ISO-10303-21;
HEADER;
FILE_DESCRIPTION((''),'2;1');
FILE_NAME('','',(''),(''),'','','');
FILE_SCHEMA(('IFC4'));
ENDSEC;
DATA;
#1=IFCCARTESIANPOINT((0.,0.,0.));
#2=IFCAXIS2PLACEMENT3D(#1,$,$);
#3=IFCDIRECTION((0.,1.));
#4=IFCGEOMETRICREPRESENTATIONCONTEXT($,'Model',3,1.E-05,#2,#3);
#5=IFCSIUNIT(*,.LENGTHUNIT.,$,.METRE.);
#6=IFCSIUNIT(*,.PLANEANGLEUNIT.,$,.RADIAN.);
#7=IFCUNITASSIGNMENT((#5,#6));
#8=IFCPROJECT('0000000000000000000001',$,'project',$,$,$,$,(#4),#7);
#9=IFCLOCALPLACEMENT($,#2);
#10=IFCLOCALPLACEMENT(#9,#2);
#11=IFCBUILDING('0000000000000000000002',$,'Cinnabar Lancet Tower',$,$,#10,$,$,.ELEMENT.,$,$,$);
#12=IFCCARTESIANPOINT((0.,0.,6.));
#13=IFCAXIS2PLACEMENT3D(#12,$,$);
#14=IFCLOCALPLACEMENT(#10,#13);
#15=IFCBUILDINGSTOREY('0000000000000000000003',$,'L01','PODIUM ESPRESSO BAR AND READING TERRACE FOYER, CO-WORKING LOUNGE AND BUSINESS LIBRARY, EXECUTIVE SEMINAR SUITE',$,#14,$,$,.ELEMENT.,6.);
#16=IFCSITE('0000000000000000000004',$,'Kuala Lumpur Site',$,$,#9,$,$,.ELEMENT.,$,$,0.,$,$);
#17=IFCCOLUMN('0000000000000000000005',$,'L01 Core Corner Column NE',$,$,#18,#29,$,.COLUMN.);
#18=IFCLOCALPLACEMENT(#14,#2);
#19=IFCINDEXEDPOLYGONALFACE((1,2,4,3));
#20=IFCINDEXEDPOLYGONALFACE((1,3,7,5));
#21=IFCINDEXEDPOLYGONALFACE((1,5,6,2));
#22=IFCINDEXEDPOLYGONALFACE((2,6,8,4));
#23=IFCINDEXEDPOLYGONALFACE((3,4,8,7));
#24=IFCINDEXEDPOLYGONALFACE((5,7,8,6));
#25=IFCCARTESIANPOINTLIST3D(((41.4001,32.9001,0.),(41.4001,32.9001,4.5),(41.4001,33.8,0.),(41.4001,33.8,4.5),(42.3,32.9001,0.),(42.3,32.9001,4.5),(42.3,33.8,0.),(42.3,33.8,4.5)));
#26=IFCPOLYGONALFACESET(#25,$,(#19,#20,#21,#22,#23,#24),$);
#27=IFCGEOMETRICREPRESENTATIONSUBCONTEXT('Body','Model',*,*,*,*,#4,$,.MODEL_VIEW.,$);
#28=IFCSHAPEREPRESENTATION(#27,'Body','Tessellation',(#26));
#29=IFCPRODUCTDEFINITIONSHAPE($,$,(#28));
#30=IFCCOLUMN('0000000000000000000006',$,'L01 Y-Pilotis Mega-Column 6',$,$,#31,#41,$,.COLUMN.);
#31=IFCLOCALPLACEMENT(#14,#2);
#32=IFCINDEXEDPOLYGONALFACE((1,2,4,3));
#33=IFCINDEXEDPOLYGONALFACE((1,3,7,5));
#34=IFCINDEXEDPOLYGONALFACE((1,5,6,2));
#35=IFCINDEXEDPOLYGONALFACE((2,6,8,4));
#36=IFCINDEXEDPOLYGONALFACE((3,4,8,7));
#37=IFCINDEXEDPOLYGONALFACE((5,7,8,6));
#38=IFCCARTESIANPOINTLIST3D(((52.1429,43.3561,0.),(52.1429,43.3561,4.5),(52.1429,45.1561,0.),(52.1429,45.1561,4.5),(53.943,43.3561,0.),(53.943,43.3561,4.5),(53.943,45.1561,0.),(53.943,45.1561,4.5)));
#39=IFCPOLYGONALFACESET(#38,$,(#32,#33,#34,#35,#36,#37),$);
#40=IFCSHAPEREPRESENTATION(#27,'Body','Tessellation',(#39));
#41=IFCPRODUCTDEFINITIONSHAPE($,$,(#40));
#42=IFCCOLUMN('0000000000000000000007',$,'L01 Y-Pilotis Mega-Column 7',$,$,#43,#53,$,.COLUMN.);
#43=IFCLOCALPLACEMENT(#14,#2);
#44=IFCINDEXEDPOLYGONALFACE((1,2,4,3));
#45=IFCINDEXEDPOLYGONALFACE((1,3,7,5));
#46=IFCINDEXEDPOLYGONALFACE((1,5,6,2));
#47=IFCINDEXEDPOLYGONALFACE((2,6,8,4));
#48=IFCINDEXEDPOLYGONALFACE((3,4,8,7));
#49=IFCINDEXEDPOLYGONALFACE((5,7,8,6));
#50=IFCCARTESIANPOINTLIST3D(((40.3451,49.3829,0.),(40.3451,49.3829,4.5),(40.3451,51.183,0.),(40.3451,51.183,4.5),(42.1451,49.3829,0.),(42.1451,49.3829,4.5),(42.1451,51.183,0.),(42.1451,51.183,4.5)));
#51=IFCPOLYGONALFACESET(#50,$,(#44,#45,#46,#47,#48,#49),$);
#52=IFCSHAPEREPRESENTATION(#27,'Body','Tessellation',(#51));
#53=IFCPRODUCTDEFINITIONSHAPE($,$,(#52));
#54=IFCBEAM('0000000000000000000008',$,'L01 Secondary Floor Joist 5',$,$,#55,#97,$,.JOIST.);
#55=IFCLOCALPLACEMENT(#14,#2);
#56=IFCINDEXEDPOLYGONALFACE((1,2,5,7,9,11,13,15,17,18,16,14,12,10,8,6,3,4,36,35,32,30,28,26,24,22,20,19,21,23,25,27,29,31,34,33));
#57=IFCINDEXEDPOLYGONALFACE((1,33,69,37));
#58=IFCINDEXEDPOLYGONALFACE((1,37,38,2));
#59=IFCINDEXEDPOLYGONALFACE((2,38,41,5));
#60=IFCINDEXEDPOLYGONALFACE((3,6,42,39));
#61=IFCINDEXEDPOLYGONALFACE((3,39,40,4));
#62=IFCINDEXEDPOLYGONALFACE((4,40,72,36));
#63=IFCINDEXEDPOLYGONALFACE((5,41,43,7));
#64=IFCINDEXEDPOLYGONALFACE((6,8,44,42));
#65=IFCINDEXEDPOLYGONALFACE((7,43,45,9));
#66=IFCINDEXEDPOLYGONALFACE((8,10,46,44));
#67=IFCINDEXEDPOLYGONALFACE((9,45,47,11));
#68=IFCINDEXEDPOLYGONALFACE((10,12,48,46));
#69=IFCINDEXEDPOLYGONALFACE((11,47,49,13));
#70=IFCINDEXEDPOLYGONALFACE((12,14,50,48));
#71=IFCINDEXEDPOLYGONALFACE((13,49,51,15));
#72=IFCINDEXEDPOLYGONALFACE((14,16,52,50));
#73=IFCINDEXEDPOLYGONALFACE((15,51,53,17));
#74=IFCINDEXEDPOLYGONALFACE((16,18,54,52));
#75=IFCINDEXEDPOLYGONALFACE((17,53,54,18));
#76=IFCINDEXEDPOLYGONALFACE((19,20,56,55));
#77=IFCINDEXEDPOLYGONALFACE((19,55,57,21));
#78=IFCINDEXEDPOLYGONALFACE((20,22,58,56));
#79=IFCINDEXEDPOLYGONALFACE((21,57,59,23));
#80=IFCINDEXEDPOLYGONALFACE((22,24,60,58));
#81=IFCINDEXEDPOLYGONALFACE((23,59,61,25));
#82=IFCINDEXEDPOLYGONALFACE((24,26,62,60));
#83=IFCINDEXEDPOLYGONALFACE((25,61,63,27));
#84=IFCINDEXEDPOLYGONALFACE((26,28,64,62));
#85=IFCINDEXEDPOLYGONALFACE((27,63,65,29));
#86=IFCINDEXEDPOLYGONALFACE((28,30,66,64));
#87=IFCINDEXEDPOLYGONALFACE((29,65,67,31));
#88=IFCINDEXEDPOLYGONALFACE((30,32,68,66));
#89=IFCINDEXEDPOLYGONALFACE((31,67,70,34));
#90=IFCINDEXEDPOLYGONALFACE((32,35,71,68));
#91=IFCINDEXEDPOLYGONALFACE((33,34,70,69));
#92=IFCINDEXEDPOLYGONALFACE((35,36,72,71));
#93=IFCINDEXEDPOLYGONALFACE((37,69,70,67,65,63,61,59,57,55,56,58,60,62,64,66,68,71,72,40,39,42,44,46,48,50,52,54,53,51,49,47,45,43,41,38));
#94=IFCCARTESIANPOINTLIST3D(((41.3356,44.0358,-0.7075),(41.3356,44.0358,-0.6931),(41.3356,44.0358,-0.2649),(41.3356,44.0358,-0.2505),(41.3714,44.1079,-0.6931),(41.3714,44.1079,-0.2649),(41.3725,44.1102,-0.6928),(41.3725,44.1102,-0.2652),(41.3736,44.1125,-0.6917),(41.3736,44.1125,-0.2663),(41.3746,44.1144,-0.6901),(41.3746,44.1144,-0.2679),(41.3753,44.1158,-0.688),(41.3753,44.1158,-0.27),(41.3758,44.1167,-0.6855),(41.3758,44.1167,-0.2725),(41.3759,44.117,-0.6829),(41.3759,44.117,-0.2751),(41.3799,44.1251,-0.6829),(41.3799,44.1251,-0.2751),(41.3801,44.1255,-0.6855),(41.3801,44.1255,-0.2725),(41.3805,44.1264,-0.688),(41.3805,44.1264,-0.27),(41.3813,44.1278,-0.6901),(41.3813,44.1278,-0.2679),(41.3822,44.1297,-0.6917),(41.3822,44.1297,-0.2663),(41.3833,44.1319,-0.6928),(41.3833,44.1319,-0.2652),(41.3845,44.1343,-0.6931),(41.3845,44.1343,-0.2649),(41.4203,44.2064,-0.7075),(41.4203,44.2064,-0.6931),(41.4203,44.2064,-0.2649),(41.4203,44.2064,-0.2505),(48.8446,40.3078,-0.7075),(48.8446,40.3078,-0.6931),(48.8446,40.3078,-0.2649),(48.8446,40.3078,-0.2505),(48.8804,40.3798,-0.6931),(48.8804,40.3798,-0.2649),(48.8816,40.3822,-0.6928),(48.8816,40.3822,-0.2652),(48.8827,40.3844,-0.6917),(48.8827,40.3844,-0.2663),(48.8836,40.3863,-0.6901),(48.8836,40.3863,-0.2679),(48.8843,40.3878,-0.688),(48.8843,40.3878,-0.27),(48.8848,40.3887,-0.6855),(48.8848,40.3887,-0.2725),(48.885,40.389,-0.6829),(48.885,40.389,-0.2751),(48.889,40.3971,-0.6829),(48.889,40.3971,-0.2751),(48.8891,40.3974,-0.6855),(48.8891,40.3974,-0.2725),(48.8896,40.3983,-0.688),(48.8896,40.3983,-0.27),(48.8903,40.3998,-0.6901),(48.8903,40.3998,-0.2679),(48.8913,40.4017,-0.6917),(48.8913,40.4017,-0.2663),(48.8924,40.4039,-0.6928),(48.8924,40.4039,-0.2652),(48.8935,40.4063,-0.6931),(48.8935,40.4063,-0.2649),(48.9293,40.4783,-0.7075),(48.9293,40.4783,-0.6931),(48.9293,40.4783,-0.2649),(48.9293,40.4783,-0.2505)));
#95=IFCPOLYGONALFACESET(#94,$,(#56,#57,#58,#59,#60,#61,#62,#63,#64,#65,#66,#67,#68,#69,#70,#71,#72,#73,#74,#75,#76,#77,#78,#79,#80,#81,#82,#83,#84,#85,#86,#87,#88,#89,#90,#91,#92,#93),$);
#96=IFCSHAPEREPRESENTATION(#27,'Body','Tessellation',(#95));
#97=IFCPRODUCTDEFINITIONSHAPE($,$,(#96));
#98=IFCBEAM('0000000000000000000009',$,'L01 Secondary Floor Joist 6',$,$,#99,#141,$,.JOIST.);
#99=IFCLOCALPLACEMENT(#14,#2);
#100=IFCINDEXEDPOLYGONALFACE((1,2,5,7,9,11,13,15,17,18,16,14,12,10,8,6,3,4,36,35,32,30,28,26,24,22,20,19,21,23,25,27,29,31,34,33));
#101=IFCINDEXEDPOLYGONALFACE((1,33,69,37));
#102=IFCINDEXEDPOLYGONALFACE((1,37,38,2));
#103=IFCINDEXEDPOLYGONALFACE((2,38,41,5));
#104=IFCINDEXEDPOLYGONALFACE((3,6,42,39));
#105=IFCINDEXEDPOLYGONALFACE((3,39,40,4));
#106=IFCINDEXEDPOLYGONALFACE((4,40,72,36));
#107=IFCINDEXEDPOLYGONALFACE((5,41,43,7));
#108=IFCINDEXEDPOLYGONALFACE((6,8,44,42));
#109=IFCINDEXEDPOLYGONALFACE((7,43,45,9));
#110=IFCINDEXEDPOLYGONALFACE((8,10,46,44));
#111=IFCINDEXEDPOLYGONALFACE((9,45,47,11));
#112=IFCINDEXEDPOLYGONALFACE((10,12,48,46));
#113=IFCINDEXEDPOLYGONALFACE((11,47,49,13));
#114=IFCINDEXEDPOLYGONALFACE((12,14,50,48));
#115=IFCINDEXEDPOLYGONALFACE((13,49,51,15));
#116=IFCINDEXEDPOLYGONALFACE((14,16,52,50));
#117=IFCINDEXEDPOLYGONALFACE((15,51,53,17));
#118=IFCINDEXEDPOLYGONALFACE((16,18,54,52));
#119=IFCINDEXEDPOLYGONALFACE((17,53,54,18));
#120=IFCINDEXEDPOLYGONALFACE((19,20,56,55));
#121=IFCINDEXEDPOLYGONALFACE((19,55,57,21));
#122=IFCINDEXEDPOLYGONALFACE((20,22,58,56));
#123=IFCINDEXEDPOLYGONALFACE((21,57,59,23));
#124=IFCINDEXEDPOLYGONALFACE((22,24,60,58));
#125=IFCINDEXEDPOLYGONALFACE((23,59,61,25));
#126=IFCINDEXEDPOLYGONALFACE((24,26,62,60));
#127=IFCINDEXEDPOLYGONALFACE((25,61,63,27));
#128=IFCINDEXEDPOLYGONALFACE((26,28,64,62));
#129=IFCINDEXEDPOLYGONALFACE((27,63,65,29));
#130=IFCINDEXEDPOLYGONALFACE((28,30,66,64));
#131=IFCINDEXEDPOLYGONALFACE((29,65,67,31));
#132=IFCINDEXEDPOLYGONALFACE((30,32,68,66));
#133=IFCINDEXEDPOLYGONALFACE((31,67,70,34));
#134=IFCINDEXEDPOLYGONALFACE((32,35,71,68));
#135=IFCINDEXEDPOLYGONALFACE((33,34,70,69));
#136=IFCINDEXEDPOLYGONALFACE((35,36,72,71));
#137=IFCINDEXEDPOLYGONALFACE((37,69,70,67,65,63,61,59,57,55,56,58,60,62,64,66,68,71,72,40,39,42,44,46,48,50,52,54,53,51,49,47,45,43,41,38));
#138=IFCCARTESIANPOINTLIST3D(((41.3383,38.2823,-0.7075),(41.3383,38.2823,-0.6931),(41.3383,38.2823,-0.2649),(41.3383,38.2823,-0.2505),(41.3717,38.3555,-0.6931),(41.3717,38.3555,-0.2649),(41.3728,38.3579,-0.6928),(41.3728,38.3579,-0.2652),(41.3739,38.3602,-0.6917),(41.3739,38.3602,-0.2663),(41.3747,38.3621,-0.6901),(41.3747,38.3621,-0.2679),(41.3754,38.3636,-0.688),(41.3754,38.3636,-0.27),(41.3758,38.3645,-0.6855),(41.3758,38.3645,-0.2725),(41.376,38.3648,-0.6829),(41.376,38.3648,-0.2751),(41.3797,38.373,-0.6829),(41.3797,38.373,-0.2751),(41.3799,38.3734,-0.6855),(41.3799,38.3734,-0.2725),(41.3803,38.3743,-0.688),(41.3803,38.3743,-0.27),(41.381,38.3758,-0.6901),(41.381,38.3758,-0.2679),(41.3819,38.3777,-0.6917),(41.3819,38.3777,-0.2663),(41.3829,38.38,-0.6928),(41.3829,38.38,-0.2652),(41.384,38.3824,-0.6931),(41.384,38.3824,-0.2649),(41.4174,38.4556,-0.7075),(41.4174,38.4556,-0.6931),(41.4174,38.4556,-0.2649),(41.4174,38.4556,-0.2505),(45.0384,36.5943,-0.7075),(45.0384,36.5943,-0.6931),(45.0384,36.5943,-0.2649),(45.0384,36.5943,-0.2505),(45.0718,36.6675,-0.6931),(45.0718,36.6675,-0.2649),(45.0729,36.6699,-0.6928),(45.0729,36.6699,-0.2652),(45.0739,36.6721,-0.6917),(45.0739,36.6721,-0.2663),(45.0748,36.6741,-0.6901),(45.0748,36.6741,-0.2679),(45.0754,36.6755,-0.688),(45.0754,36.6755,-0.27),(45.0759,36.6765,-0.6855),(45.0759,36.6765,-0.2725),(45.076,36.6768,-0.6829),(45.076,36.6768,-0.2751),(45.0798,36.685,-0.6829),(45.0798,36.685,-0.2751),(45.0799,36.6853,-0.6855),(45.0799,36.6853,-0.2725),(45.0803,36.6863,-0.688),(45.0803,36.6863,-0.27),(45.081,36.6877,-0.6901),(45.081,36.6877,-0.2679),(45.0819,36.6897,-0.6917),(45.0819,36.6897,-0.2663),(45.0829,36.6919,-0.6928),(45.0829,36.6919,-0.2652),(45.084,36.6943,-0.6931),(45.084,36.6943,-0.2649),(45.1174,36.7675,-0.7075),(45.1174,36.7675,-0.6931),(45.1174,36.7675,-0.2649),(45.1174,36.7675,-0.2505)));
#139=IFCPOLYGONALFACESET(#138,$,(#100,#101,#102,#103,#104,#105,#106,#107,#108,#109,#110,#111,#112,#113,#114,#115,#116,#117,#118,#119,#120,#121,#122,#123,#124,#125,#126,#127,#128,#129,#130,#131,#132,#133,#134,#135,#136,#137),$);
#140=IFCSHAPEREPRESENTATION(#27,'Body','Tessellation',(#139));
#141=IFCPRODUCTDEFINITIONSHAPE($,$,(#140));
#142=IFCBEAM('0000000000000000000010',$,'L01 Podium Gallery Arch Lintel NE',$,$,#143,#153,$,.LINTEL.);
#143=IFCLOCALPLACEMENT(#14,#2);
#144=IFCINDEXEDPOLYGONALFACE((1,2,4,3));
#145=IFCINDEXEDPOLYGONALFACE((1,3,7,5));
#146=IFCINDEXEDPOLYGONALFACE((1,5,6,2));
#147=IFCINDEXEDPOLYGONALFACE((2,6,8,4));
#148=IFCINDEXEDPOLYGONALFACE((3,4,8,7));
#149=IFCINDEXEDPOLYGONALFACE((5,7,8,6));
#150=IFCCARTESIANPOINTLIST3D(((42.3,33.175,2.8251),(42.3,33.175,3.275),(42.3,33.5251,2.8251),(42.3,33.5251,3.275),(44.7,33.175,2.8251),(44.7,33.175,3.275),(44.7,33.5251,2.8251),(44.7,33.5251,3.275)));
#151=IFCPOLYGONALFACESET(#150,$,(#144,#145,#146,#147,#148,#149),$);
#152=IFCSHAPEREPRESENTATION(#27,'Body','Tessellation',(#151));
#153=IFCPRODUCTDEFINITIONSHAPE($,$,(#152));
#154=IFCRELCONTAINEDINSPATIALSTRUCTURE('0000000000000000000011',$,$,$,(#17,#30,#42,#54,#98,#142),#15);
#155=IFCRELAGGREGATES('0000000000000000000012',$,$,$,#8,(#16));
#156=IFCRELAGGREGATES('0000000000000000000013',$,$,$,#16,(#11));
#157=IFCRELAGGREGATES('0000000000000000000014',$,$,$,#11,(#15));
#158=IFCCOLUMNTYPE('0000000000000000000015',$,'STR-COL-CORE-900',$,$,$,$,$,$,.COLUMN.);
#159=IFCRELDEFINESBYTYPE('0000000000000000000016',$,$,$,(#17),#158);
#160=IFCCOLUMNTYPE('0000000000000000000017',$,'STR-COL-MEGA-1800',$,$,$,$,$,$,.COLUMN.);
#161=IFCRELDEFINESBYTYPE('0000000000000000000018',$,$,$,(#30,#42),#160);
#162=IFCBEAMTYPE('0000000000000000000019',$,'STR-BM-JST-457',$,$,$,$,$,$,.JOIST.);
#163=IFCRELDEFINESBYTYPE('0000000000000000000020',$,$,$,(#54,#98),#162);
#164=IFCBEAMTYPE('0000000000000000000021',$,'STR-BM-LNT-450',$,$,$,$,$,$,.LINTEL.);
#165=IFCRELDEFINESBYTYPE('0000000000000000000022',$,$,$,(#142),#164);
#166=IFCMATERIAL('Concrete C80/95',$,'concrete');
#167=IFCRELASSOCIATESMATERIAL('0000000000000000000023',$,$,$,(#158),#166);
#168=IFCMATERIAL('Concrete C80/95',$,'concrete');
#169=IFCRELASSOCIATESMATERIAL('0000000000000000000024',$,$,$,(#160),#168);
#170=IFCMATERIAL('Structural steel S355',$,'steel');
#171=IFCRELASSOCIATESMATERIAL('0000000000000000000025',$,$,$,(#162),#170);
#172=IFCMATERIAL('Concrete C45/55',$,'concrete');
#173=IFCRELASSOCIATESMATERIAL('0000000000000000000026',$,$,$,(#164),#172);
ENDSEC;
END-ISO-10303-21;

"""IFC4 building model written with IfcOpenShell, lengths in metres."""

from ifc_helpers import new_model, si_unit, direction, frame, origin, origin_2d, place, context, subcontext, project, spatial, rectangle, i_section, extrude, material, material_profile, profile_set, type_object, element, save


model = new_model("IFC4")

# Units and contexts
model_context = context("Model", 3, precision=1e-05, world=origin(), true_north=direction((0.0, 1.0)))
body_context = subcontext(model_context, "Body", "Model", "MODEL_VIEW")
ifc_project = project(units=[si_unit("LENGTHUNIT", "METRE"), si_unit("PLANEANGLEUNIT", "RADIAN")], contexts=[model_context])

# Site, building, storey
site_placement = place(None, origin())
site = spatial("IfcSite", under=ifc_project, at=site_placement, Name="Kuala Lumpur Site", CompositionType="ELEMENT", RefElevation=0.0)
building_placement = place(site_placement, origin())
building = spatial("IfcBuilding", under=site, at=building_placement, Name="Cinnabar Lancet Tower", CompositionType="ELEMENT")
storey_placement = place(building_placement, frame((0.0, 0.0, 6.0)))
storey = spatial("IfcBuildingStorey", under=building, at=storey_placement, Name="L01", Description="PODIUM ESPRESSO BAR AND READING TERRACE FOYER, CO-WORKING LOUNGE AND BUSINESS LIBRARY, EXECUTIVE SEMINAR SUITE", CompositionType="ELEMENT", Elevation=6.0)

# Columns
ifc_material_1 = material(Name="Concrete C80/95", Category="concrete")
ifc_material_profile_1 = material_profile(ifc_material_1, rectangle(XDim=0.8999, YDim=0.8999, at=origin_2d()), Name="RC-COL 900x900")
ifc_profile_set_1 = profile_set([ifc_material_profile_1], Name="Concrete C80/95")
column_type_1 = type_object("IfcColumnType", Name="STR-COL-CORE-900", PredefinedType="COLUMN", material=ifc_profile_set_1)
column_placement = place(storey_placement, frame((41.8501, 33.3501, 0.0), z_axis=(0.0, 0.0, 1.0), x_axis=(1.0, 0.0, 0.0)))
element("IfcColumn", 1, at=column_placement, inside=storey, type_object=column_type_1, Name="L01 Core Corner Column NE", PredefinedType="COLUMN", context=body_context, shape_type="SweptSolid", body=[
    extrude(rectangle(XDim=0.8999, YDim=0.8999, at=origin_2d()), origin(), (0.0, 0.0, 1.0), 4.5),
])
ifc_material_2 = material(Name="Concrete C80/95", Category="concrete")
ifc_material_profile_2 = material_profile(ifc_material_2, rectangle(XDim=1.8, YDim=1.8, at=origin_2d()), Name="RC-MEGA 1800x1800")
ifc_profile_set_2 = profile_set([ifc_material_profile_2], Name="Concrete C80/95")
column_type_2 = type_object("IfcColumnType", Name="STR-COL-MEGA-1800", PredefinedType="COLUMN", material=ifc_profile_set_2)
for number, where, z_axis, x_axis, name in (
    (2, (53.043, 44.2561, 0.0), (0.0, 0.0, 1.0), (1.0, 0.0, 0.0), "L01 Y-Pilotis Mega-Column 6"),
    (3, (41.2451, 50.283, 0.0), (0.0, 0.0, 1.0), (1.0, 0.0, 0.0), "L01 Y-Pilotis Mega-Column 7"),
):
    element("IfcColumn", number, at=place(storey_placement, frame(where, z_axis=z_axis, x_axis=x_axis)), inside=storey, type_object=column_type_2, Name=name, PredefinedType="COLUMN", context=body_context, shape_type="SweptSolid", body=[
        extrude(rectangle(XDim=1.8, YDim=1.8, at=origin_2d()), origin(), (0.0, 0.0, 1.0), 4.5),
    ])

# Beams
ifc_material_3 = material(Name="Structural steel S355", Category="steel")
ifc_material_profile_3 = material_profile(ifc_material_3, i_section(OverallWidth=0.1904, OverallDepth=0.457, WebThickness=0.009, FlangeThickness=0.0144, FilletRadius=0.0103, at=origin_2d()), Name="UKB 457x191x74")
ifc_profile_set_3 = profile_set([ifc_material_profile_3], Name="Structural steel S355")
beam_type_1 = type_object("IfcBeamType", Name="STR-BM-JST-457", PredefinedType="JOIST", material=ifc_profile_set_3)
beam_1_placement = place(storey_placement, frame((48.887, 40.3931, -0.479), z_axis=(-0.895687, 0.444684, 0.0), x_axis=(-0.444684, -0.895687, 0.0)))
element("IfcBeam", 4, at=beam_1_placement, inside=storey, type_object=beam_type_1, Name="L01 Secondary Floor Joist 5", PredefinedType="JOIST", context=body_context, shape_type="SweptSolid", body=[
    extrude(i_section(OverallWidth=0.1904, OverallDepth=0.457, WebThickness=0.009, FlangeThickness=0.0144, FilletRadius=0.0103, at=origin_2d()), origin(), (0.0, 0.0, 1.0), 8.3835),
])
beam_2_placement = place(storey_placement, frame((45.0779, 36.6809, -0.479), z_axis=(-0.909792, 0.415064, 0.0), x_axis=(-0.415064, -0.909792, 0.0)))
element("IfcBeam", 5, at=beam_2_placement, inside=storey, type_object=beam_type_1, Name="L01 Secondary Floor Joist 6", PredefinedType="JOIST", context=body_context, shape_type="SweptSolid", body=[
    extrude(i_section(OverallWidth=0.1904, OverallDepth=0.457, WebThickness=0.009, FlangeThickness=0.0144, FilletRadius=0.0103, at=origin_2d()), origin(), (0.0, 0.0, 1.0), 4.0669),
])
ifc_material_4 = material(Name="Concrete C45/55", Category="concrete")
ifc_material_profile_4 = material_profile(ifc_material_4, rectangle(XDim=0.3501, YDim=0.45, at=origin_2d()), Name="RC-LNT 350x450")
ifc_profile_set_4 = profile_set([ifc_material_profile_4], Name="Concrete C45/55")
beam_type_2 = type_object("IfcBeamType", Name="STR-BM-LNT-450", PredefinedType="LINTEL", material=ifc_profile_set_4)
beam_3_placement = place(storey_placement, frame((42.3, 33.3501, 3.05), z_axis=(1.0, 0.0, 0.0), x_axis=(0.0, 1.0, 0.0)))
element("IfcBeam", 6, at=beam_3_placement, inside=storey, type_object=beam_type_2, Name="L01 Podium Gallery Arch Lintel NE", PredefinedType="LINTEL", context=body_context, shape_type="SweptSolid", body=[
    extrude(rectangle(XDim=0.3501, YDim=0.45, at=origin_2d()), origin(), (0.0, 0.0, 1.0), 2.3999),
])

save(model, "model.ifc")
